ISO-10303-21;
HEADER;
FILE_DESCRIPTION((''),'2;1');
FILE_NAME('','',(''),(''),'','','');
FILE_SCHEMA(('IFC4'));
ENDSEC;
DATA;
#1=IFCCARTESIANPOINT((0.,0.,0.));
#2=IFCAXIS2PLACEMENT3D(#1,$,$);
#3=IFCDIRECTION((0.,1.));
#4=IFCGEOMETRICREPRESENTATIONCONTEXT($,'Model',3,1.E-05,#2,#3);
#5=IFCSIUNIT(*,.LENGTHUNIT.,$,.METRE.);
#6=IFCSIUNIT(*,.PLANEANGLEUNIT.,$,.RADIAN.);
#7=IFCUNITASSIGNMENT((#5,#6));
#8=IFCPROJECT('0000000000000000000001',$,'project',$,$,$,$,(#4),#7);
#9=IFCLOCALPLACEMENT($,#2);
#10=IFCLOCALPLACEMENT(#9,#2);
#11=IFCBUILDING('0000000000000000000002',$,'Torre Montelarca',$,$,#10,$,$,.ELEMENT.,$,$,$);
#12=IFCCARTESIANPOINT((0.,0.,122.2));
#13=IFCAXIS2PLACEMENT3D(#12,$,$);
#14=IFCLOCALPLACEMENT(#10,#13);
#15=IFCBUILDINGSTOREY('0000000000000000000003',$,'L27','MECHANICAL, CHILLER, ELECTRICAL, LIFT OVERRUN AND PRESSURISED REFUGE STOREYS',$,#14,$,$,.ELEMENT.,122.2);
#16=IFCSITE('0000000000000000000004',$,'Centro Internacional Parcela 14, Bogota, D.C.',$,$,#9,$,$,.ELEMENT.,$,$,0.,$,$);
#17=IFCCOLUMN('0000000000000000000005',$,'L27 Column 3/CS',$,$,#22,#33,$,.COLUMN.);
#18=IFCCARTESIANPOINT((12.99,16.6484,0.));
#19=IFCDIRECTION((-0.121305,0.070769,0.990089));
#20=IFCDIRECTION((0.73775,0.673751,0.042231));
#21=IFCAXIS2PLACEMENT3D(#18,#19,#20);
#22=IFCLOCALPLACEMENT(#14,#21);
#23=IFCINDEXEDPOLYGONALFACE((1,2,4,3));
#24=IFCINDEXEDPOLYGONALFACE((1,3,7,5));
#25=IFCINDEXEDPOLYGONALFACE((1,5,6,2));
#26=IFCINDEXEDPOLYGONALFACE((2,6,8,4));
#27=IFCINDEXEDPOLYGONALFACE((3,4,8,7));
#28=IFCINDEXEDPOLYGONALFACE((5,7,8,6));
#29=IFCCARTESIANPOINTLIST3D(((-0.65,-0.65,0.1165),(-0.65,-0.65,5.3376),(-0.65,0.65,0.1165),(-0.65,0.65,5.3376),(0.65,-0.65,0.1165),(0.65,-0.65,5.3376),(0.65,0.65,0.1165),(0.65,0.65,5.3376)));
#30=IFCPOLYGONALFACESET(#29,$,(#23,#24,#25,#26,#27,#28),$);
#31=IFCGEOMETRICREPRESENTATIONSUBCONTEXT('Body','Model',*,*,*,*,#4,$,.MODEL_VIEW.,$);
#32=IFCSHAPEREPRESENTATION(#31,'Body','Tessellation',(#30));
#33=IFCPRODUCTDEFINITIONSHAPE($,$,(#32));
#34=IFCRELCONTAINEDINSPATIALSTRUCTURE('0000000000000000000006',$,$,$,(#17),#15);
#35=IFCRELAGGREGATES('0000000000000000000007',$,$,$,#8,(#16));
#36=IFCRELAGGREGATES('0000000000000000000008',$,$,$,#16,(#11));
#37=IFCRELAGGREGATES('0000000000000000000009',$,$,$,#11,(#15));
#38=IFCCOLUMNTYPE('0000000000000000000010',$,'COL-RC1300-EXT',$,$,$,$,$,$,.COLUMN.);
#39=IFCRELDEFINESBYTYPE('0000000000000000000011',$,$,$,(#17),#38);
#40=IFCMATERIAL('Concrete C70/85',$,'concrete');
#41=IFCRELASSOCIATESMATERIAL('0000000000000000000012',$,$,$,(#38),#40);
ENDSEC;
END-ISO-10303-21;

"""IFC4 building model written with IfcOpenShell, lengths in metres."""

from ifc_helpers import new_model, si_unit, direction, frame, origin, origin_2d, place, context, subcontext, project, spatial, rectangle, extrude, clip, halfspace, material, material_profile, profile_set, type_object, element, save


model = new_model("IFC4")

# Units and contexts
model_context = context("Model", 3, precision=1e-05, world=origin(), true_north=direction((0.0, 1.0)))
body_context = subcontext(model_context, "Body", "Model", "MODEL_VIEW")
ifc_project = project(units=[si_unit("LENGTHUNIT", "METRE"), si_unit("PLANEANGLEUNIT", "RADIAN")], contexts=[model_context])

# Site, building, storey
site_placement = place(None, origin())
site = spatial("IfcSite", under=ifc_project, at=site_placement, Name="Centro Internacional Parcela 14, Bogota, D.C.", CompositionType="ELEMENT", RefElevation=0.0)
building_placement = place(site_placement, origin())
building = spatial("IfcBuilding", under=site, at=building_placement, Name="Torre Montelarca", CompositionType="ELEMENT")
storey_placement = place(building_placement, frame((0.0, 0.0, 122.2)))
storey = spatial("IfcBuildingStorey", under=building, at=storey_placement, Name="L27", Description="MECHANICAL, CHILLER, ELECTRICAL, LIFT OVERRUN AND PRESSURISED REFUGE STOREYS", CompositionType="ELEMENT", Elevation=122.2)

# Column
ifc_material_1 = material(Name="Concrete C70/85", Category="concrete")
ifc_material_profile_1 = material_profile(ifc_material_1, rectangle(XDim=1.3, YDim=1.3, at=origin_2d()), Name="RC1300X1300", Category="concrete")
ifc_profile_set_1 = profile_set([ifc_material_profile_1], Name="Concrete C70/85")
column_type = type_object("IfcColumnType", Name="COL-RC1300-EXT", PredefinedType="COLUMN", material=ifc_profile_set_1)
column_placement = place(storey_placement, frame((12.99, 16.6484, 0.0), z_axis=(-0.121305, 0.070769, 0.990089), x_axis=(0.73775, 0.673751, 0.042231)))
element("IfcColumn", 1, at=column_placement, inside=storey, type_object=column_type, Name="L27 Column 3/CS", PredefinedType="COLUMN", context=body_context, shape_type="Clipping", body=[
    clip(clip(extrude(rectangle(XDim=1.3, YDim=1.3, at=origin_2d()), origin(), (0.0, 0.0, 1.0), 5.4541), halfspace(frame((0.0, 0.0, 0.1165), z_axis=(0.0, 0.0, -1.0), x_axis=(1.0, 0.0, 0.0)), False)), halfspace(frame((0.0, 0.0, 5.3376), z_axis=(0.0, 0.0, 1.0), x_axis=(1.0, 0.0, 0.0)), False)),
])

save(model, "model.ifc")
